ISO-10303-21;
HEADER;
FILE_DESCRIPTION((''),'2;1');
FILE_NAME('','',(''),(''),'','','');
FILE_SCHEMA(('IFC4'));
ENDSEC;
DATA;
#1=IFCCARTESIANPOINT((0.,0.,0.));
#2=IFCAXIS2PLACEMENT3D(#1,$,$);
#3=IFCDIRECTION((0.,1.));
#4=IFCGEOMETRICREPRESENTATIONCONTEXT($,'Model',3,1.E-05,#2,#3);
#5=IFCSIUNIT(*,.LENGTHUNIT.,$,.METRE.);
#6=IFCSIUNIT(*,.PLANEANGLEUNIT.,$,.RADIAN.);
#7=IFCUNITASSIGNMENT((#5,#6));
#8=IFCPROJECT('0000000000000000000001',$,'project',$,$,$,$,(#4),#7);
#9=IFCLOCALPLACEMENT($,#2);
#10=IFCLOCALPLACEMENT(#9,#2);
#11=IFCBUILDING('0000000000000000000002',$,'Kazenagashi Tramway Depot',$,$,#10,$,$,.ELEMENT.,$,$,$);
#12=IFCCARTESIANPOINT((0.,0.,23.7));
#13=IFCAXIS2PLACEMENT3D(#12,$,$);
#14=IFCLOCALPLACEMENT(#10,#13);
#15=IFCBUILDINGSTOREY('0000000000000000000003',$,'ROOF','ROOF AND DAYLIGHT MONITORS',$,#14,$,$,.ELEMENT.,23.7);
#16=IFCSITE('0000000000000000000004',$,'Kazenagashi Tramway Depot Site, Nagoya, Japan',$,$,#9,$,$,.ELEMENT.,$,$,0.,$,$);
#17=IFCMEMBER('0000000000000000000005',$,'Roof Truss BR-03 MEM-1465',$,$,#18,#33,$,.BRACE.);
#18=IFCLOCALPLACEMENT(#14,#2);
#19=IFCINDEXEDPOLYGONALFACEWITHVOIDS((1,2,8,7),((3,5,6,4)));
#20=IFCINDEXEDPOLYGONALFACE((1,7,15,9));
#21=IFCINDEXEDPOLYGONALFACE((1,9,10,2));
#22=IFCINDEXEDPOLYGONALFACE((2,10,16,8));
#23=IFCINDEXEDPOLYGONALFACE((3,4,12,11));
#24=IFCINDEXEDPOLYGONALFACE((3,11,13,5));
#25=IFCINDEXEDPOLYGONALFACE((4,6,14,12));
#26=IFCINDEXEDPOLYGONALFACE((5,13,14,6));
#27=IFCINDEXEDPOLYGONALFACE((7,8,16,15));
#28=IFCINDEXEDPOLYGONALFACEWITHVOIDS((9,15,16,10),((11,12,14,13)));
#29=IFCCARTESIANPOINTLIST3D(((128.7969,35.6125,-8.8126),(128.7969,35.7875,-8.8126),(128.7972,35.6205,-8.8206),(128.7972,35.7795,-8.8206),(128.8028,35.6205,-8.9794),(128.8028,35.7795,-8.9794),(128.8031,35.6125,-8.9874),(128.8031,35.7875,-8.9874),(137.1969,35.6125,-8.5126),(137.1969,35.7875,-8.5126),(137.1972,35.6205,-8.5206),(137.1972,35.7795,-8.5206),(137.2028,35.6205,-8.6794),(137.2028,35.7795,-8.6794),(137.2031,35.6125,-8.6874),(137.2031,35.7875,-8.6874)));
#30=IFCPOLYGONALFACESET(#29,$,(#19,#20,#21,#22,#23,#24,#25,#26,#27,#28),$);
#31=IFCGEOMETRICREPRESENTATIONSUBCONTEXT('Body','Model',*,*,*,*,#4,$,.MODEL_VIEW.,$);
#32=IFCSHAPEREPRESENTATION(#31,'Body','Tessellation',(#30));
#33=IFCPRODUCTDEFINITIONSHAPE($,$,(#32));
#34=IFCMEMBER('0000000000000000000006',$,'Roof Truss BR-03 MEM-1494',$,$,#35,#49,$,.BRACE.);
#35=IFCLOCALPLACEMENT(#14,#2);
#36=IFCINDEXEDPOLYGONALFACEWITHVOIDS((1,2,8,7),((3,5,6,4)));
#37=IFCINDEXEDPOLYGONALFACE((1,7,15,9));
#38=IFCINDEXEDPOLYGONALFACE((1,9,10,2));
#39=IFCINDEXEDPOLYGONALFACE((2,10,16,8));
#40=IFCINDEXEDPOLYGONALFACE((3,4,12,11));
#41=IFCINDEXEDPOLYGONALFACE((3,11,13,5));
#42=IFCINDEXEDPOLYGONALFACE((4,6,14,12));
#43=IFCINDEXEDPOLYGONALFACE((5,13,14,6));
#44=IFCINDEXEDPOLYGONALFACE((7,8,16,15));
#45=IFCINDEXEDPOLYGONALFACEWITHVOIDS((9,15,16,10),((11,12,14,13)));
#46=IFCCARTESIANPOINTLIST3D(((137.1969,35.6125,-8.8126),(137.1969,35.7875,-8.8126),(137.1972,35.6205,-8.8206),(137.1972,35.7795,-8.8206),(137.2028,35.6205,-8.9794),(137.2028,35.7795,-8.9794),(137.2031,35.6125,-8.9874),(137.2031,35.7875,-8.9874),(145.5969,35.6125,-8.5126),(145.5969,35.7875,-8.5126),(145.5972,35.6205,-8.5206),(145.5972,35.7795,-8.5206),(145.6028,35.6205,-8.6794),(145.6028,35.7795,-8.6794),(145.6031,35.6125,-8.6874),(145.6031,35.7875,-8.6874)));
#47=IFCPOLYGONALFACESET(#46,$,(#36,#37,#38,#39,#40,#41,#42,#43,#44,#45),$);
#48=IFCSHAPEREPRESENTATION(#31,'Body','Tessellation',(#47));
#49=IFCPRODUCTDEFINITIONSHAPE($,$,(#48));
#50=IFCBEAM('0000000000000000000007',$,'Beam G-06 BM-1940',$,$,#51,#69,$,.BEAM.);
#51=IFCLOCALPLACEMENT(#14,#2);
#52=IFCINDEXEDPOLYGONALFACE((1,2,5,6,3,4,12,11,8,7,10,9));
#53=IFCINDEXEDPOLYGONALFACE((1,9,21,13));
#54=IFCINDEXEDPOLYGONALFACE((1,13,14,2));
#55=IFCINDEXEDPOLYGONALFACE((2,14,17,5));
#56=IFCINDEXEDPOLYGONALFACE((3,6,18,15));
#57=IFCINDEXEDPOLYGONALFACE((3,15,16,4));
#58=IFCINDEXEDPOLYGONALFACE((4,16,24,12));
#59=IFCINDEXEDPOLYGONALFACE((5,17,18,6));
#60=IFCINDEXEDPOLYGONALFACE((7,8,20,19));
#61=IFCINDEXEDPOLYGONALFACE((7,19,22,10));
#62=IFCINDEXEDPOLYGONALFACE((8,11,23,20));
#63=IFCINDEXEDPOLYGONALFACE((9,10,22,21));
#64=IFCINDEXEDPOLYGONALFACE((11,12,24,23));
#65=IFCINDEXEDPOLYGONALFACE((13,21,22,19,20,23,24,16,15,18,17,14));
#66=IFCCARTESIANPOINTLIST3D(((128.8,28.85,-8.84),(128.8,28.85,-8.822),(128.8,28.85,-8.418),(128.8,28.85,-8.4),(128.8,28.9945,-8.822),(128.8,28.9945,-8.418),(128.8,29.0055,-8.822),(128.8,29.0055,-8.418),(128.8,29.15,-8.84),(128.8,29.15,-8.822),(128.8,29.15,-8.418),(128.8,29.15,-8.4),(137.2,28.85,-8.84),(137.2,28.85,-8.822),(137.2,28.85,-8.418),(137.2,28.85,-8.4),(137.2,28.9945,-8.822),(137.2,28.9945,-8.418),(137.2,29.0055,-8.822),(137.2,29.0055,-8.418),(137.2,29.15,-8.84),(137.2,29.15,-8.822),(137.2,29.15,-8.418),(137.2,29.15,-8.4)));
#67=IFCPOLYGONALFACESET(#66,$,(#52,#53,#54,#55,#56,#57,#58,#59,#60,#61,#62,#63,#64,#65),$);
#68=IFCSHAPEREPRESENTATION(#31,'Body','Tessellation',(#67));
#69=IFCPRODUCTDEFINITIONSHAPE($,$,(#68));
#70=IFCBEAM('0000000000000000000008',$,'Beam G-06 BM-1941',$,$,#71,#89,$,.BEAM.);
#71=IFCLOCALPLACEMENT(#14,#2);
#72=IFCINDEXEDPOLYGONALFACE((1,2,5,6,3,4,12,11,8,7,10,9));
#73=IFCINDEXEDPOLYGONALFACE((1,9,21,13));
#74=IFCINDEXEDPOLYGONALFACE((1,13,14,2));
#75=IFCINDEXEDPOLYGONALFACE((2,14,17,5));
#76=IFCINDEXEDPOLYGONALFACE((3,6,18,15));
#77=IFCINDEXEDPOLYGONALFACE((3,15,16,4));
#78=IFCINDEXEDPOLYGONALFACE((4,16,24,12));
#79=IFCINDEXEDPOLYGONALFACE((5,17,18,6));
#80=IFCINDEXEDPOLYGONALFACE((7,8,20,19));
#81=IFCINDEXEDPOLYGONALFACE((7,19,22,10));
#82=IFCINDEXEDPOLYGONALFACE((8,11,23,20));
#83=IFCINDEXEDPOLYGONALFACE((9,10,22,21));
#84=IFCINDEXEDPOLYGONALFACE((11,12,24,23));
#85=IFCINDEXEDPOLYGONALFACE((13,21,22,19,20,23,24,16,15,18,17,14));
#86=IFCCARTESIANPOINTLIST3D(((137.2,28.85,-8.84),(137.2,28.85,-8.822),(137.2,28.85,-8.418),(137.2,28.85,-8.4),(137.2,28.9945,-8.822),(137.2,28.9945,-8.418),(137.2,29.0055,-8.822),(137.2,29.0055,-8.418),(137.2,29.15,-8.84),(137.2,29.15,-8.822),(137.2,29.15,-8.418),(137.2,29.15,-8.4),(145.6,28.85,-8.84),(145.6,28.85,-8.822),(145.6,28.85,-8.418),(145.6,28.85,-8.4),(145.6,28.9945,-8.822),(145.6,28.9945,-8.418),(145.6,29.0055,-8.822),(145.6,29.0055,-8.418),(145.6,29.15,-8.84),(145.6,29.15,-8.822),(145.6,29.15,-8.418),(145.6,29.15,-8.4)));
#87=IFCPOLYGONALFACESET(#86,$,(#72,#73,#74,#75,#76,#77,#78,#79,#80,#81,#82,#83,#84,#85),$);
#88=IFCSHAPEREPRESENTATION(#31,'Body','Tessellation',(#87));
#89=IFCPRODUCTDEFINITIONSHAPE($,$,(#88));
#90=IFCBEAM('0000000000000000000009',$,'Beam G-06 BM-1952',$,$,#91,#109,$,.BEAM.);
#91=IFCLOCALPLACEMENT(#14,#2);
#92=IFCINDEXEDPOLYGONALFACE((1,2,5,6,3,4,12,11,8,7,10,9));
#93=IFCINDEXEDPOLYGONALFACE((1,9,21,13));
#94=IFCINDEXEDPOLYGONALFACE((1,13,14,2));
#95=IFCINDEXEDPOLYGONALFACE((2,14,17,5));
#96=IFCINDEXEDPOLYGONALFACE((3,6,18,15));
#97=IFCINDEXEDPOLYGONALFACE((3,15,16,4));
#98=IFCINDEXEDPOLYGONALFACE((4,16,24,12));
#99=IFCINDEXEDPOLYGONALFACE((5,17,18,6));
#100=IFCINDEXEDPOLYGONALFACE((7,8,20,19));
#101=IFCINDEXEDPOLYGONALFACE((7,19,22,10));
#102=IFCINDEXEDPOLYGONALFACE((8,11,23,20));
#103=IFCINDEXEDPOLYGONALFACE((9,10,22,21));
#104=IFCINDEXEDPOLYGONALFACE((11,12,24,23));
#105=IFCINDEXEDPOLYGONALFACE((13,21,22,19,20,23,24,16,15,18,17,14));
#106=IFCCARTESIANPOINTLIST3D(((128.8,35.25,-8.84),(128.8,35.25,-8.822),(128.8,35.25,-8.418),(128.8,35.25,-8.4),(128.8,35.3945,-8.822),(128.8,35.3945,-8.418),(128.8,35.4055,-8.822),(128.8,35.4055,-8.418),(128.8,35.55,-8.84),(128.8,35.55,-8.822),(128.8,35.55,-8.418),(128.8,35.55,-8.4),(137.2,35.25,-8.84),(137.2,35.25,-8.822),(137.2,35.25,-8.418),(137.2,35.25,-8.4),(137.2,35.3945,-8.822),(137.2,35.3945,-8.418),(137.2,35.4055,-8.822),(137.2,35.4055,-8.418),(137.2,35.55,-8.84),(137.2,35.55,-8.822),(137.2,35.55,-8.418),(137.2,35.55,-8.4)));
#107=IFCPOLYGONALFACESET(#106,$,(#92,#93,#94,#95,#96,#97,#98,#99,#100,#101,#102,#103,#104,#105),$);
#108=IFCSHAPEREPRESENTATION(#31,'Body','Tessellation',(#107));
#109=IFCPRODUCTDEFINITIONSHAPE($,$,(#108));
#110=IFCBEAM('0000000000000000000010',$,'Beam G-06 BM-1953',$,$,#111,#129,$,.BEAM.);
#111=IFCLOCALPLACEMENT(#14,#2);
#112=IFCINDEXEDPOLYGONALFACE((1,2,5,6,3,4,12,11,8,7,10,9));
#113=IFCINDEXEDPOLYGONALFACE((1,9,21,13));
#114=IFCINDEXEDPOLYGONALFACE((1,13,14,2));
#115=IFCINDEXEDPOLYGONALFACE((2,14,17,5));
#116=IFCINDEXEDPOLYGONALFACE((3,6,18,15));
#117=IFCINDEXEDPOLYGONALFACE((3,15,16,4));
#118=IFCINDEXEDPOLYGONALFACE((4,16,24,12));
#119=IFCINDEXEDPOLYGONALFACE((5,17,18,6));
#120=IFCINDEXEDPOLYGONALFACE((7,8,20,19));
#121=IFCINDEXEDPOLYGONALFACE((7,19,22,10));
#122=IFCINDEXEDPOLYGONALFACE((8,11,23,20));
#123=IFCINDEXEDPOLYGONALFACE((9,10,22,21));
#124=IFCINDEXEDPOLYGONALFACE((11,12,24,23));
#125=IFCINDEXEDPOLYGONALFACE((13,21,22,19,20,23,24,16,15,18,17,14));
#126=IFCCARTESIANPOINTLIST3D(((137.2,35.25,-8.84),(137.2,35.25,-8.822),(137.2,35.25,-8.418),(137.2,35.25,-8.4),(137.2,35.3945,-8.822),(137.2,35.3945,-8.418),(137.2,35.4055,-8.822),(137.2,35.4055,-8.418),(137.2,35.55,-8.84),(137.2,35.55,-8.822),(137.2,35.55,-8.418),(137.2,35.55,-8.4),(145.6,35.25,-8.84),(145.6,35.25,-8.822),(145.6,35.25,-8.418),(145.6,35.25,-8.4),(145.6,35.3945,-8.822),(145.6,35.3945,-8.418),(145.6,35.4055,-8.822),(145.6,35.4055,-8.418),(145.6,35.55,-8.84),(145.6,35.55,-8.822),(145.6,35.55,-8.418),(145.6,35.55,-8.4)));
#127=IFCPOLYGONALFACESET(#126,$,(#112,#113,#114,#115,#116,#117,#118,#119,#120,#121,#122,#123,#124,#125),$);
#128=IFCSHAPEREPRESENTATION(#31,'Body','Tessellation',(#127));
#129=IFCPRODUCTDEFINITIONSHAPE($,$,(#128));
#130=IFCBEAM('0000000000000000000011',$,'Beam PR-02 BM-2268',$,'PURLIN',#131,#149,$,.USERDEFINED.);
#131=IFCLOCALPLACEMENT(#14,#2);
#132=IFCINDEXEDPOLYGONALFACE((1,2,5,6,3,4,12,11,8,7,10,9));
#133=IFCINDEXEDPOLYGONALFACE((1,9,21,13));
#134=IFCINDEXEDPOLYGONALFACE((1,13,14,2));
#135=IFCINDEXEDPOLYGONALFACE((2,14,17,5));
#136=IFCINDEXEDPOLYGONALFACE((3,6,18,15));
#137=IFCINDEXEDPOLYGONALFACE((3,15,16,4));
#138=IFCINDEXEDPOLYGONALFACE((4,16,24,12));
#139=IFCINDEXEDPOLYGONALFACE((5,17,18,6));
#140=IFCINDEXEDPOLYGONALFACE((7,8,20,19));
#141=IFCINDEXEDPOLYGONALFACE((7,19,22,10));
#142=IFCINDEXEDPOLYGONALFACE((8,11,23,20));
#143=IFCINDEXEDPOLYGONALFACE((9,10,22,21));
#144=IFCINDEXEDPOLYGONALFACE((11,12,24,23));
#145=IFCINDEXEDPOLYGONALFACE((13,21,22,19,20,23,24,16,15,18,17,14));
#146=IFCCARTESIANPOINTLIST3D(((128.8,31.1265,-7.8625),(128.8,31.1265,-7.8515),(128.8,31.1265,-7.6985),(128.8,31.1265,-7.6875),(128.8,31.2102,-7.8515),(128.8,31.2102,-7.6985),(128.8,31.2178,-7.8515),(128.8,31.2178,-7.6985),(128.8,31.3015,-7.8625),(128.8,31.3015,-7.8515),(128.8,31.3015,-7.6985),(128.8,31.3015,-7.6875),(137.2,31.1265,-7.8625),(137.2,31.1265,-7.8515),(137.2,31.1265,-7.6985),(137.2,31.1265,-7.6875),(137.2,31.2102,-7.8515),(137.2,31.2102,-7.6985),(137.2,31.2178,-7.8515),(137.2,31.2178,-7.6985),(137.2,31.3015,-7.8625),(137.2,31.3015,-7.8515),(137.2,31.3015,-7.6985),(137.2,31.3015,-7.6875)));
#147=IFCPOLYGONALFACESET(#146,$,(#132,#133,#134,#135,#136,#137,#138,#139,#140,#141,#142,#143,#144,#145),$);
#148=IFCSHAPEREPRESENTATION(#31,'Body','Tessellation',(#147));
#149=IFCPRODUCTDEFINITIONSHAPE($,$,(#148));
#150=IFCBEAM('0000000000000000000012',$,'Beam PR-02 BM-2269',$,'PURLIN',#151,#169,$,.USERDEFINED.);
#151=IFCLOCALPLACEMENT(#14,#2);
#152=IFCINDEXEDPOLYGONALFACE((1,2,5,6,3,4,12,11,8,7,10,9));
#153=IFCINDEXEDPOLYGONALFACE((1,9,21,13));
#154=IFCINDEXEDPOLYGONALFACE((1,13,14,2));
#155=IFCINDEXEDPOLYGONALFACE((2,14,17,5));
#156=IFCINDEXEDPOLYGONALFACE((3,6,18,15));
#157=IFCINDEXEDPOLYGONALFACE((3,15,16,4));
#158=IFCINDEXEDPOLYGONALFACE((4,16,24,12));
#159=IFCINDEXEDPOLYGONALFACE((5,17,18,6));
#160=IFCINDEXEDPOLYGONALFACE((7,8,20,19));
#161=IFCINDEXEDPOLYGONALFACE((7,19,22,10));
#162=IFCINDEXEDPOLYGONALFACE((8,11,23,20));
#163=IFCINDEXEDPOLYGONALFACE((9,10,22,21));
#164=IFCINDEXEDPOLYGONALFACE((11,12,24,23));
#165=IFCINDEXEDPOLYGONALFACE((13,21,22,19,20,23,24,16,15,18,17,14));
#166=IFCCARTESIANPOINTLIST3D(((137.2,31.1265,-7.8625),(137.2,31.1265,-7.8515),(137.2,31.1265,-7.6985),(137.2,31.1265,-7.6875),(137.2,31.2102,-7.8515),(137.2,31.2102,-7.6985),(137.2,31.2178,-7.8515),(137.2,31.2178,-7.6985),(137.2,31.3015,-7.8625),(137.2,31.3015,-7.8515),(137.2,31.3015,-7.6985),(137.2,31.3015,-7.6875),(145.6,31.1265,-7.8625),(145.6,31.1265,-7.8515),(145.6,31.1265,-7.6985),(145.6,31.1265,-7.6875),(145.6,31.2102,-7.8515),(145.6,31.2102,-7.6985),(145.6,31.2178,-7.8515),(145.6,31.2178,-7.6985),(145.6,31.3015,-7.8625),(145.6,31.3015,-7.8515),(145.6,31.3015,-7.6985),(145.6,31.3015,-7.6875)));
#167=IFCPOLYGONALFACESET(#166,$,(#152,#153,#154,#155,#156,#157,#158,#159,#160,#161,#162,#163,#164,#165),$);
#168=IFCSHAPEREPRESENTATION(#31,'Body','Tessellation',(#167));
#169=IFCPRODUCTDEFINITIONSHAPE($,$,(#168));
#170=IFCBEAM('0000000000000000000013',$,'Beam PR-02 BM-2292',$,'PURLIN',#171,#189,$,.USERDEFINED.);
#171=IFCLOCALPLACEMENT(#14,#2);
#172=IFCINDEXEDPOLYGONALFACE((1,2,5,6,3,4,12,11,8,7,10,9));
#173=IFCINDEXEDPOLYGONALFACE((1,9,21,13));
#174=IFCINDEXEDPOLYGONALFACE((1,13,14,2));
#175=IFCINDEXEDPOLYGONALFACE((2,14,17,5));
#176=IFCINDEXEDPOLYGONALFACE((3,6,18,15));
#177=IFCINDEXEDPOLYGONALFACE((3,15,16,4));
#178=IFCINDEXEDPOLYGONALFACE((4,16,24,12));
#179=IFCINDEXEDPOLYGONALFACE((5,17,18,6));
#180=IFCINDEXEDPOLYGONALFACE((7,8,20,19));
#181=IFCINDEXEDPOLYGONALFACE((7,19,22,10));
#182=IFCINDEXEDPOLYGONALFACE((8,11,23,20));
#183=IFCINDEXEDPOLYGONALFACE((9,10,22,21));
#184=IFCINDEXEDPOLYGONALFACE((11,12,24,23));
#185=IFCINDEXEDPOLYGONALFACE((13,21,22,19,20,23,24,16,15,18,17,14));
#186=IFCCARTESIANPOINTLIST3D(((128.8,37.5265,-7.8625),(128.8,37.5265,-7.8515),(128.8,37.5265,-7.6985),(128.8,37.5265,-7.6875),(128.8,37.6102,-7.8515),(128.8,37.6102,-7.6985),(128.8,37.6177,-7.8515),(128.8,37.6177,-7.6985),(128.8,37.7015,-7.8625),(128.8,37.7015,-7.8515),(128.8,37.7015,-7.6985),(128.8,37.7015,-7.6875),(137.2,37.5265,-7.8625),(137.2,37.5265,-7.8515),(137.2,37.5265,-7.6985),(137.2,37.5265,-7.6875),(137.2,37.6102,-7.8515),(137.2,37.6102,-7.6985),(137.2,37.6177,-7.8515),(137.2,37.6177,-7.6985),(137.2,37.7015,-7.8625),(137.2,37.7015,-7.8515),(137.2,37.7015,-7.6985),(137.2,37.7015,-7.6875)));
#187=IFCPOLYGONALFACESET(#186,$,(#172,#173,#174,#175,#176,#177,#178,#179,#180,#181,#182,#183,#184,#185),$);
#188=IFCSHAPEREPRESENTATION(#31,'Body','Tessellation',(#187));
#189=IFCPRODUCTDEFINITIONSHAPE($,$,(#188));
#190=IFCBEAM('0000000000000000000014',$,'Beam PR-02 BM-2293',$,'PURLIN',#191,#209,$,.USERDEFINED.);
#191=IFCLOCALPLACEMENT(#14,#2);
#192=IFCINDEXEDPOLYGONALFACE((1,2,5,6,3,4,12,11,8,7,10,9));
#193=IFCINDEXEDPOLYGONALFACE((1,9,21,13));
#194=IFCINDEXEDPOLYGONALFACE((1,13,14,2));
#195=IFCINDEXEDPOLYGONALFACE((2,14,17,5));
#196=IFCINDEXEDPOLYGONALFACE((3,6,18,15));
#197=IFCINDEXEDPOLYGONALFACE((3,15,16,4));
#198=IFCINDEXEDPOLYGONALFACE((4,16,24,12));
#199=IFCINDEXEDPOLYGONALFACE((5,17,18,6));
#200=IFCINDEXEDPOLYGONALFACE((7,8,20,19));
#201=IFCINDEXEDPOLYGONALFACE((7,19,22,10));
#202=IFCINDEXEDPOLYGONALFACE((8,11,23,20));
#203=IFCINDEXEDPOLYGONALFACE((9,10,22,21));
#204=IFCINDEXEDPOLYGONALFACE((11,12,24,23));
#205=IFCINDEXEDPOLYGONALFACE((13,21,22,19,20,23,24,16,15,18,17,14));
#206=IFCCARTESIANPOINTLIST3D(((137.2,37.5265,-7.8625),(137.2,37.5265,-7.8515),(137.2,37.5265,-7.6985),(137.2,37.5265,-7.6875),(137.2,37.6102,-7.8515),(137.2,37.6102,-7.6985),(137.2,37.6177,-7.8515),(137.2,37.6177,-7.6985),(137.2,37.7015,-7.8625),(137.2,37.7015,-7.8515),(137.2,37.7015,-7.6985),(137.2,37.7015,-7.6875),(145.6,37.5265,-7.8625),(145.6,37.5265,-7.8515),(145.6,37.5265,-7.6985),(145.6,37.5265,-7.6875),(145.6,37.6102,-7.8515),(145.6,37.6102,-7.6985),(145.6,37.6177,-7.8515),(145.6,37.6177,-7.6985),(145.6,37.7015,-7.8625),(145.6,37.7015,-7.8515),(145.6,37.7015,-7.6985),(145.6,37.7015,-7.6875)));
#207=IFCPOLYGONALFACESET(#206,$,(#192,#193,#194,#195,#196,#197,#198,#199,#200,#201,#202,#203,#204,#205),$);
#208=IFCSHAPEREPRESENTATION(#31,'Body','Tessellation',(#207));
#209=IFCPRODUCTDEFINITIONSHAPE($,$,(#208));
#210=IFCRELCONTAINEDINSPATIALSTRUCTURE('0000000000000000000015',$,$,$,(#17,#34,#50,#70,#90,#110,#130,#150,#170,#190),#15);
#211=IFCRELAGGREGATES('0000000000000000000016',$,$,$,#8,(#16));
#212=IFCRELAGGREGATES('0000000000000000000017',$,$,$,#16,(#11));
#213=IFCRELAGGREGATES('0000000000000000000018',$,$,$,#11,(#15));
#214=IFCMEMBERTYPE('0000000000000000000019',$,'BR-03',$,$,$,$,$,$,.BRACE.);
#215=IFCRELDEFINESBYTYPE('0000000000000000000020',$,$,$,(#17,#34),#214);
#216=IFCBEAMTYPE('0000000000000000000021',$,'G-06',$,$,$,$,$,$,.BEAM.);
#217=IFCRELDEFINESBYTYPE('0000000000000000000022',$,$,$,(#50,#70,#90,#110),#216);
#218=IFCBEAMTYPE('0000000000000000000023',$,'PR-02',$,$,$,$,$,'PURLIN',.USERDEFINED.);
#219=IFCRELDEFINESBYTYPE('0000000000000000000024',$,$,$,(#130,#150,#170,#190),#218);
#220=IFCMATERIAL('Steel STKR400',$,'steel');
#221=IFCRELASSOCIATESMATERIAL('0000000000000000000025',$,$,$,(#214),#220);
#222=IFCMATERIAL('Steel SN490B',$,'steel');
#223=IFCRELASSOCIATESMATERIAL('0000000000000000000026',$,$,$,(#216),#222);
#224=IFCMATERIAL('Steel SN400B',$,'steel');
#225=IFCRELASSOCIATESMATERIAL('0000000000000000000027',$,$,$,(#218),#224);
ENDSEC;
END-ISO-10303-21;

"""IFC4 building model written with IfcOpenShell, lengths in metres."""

from ifc_helpers import new_model, si_unit, direction, frame, origin, origin_2d, place, context, subcontext, project, spatial, hollow_rectangle, i_section, extrude, material, material_profile, profile_set, type_object, element, save


model = new_model("IFC4")

# Units and contexts
model_context = context("Model", 3, precision=1e-05, world=origin(), true_north=direction((0.0, 1.0)))
body_context = subcontext(model_context, "Body", "Model", "MODEL_VIEW")
ifc_project = project(units=[si_unit("LENGTHUNIT", "METRE"), si_unit("PLANEANGLEUNIT", "RADIAN")], contexts=[model_context])

# Site, building, storey
site_placement = place(None, origin())
site = spatial("IfcSite", under=ifc_project, at=site_placement, Name="Kazenagashi Tramway Depot Site, Nagoya, Japan", CompositionType="ELEMENT", RefElevation=0.0)
building_placement = place(site_placement, origin())
building = spatial("IfcBuilding", under=site, at=building_placement, Name="Kazenagashi Tramway Depot", CompositionType="ELEMENT")
storey_placement = place(building_placement, frame((0.0, 0.0, 23.7)))
storey = spatial("IfcBuildingStorey", under=building, at=storey_placement, Name="ROOF", Description="ROOF AND DAYLIGHT MONITORS", CompositionType="ELEMENT", Elevation=23.7)

# Members
ifc_material_1 = material(Name="Steel STKR400", Category="steel")
ifc_material_profile_1 = material_profile(ifc_material_1, hollow_rectangle(XDim=0.175, YDim=0.175, WallThickness=0.008, at=origin_2d()), Name="SHS-175x175x8")
ifc_profile_set_1 = profile_set([ifc_material_profile_1], Name="Steel STKR400")
member_type_1 = type_object("IfcMemberType", Name="BR-03", PredefinedType="BRACE", material=ifc_profile_set_1)
for number, where, z_axis, x_axis, name in (
    (1, (128.8, 35.7, -8.9), (0.999363, 0.0, 0.035692), (0.0, 1.0, 0.0), "Roof Truss BR-03 MEM-1465"),
    (2, (137.2, 35.7, -8.9), (0.999363, 0.0, 0.035692), (0.0, 1.0, 0.0), "Roof Truss BR-03 MEM-1494"),
):
    element("IfcMember", number, at=place(storey_placement, frame(where, z_axis=z_axis, x_axis=x_axis)), inside=storey, type_object=member_type_1, Name=name, PredefinedType="BRACE", context=body_context, shape_type="SweptSolid", body=[
        extrude(hollow_rectangle(XDim=0.175, YDim=0.175, WallThickness=0.008, at=origin_2d()), origin(), (0.0, 0.0, 1.0), 8.4054),
    ])

# Beams
ifc_material_2 = material(Name="Steel SN490B", Category="steel")
ifc_material_profile_2 = material_profile(ifc_material_2, i_section(OverallWidth=0.3, OverallDepth=0.44, WebThickness=0.011, FlangeThickness=0.018, at=origin_2d()), Name="H-440x300x11x18")
ifc_profile_set_2 = profile_set([ifc_material_profile_2], Name="Steel SN490B")
beam_type_1 = type_object("IfcBeamType", Name="G-06", PredefinedType="BEAM", material=ifc_profile_set_2)
for number, where, z_axis, x_axis, name in (
    (3, (128.8, 29.0, -8.62), (1.0, 0.0, 0.0), (0.0, 1.0, 0.0), "Beam G-06 BM-1940"),
    (4, (137.2, 29.0, -8.62), (1.0, 0.0, 0.0), (0.0, 1.0, 0.0), "Beam G-06 BM-1941"),
    (5, (128.8, 35.4, -8.62), (1.0, 0.0, 0.0), (0.0, 1.0, 0.0), "Beam G-06 BM-1952"),
    (6, (137.2, 35.4, -8.62), (1.0, 0.0, 0.0), (0.0, 1.0, 0.0), "Beam G-06 BM-1953"),
):
    element("IfcBeam", number, at=place(storey_placement, frame(where, z_axis=z_axis, x_axis=x_axis)), inside=storey, type_object=beam_type_1, Name=name, PredefinedType="BEAM", context=body_context, shape_type="SweptSolid", body=[
        extrude(i_section(OverallWidth=0.3, OverallDepth=0.44, WebThickness=0.011, FlangeThickness=0.018, at=origin_2d()), origin(), (0.0, 0.0, 1.0), 8.4),
    ])
ifc_material_3 = material(Name="Steel SN400B", Category="steel")
ifc_material_profile_3 = material_profile(ifc_material_3, i_section(OverallWidth=0.175, OverallDepth=0.175, WebThickness=0.0075, FlangeThickness=0.011, at=origin_2d()), Name="H-175x175x7.5x11")
ifc_profile_set_3 = profile_set([ifc_material_profile_3], Name="Steel SN400B")
beam_type_2 = type_object("IfcBeamType", Name="PR-02", ElementType="PURLIN", PredefinedType="USERDEFINED", material=ifc_profile_set_3)
for number, where, z_axis, x_axis, name in (
    (7, (128.8, 31.214, -7.775), (1.0, 0.0, 0.0), (0.0, 1.0, 0.0), "Beam PR-02 BM-2268"),
    (8, (137.2, 31.214, -7.775), (1.0, 0.0, 0.0), (0.0, 1.0, 0.0), "Beam PR-02 BM-2269"),
    (9, (128.8, 37.614, -7.775), (1.0, 0.0, 0.0), (0.0, 1.0, 0.0), "Beam PR-02 BM-2292"),
    (10, (137.2, 37.614, -7.775), (1.0, 0.0, 0.0), (0.0, 1.0, 0.0), "Beam PR-02 BM-2293"),
):
    element("IfcBeam", number, at=place(storey_placement, frame(where, z_axis=z_axis, x_axis=x_axis)), inside=storey, type_object=beam_type_2, Name=name, ObjectType="PURLIN", PredefinedType="USERDEFINED", context=body_context, shape_type="SweptSolid", body=[
        extrude(i_section(OverallWidth=0.175, OverallDepth=0.175, WebThickness=0.0075, FlangeThickness=0.011, at=origin_2d()), origin(), (0.0, 0.0, 1.0), 8.4),
    ])

save(model, "model.ifc")
